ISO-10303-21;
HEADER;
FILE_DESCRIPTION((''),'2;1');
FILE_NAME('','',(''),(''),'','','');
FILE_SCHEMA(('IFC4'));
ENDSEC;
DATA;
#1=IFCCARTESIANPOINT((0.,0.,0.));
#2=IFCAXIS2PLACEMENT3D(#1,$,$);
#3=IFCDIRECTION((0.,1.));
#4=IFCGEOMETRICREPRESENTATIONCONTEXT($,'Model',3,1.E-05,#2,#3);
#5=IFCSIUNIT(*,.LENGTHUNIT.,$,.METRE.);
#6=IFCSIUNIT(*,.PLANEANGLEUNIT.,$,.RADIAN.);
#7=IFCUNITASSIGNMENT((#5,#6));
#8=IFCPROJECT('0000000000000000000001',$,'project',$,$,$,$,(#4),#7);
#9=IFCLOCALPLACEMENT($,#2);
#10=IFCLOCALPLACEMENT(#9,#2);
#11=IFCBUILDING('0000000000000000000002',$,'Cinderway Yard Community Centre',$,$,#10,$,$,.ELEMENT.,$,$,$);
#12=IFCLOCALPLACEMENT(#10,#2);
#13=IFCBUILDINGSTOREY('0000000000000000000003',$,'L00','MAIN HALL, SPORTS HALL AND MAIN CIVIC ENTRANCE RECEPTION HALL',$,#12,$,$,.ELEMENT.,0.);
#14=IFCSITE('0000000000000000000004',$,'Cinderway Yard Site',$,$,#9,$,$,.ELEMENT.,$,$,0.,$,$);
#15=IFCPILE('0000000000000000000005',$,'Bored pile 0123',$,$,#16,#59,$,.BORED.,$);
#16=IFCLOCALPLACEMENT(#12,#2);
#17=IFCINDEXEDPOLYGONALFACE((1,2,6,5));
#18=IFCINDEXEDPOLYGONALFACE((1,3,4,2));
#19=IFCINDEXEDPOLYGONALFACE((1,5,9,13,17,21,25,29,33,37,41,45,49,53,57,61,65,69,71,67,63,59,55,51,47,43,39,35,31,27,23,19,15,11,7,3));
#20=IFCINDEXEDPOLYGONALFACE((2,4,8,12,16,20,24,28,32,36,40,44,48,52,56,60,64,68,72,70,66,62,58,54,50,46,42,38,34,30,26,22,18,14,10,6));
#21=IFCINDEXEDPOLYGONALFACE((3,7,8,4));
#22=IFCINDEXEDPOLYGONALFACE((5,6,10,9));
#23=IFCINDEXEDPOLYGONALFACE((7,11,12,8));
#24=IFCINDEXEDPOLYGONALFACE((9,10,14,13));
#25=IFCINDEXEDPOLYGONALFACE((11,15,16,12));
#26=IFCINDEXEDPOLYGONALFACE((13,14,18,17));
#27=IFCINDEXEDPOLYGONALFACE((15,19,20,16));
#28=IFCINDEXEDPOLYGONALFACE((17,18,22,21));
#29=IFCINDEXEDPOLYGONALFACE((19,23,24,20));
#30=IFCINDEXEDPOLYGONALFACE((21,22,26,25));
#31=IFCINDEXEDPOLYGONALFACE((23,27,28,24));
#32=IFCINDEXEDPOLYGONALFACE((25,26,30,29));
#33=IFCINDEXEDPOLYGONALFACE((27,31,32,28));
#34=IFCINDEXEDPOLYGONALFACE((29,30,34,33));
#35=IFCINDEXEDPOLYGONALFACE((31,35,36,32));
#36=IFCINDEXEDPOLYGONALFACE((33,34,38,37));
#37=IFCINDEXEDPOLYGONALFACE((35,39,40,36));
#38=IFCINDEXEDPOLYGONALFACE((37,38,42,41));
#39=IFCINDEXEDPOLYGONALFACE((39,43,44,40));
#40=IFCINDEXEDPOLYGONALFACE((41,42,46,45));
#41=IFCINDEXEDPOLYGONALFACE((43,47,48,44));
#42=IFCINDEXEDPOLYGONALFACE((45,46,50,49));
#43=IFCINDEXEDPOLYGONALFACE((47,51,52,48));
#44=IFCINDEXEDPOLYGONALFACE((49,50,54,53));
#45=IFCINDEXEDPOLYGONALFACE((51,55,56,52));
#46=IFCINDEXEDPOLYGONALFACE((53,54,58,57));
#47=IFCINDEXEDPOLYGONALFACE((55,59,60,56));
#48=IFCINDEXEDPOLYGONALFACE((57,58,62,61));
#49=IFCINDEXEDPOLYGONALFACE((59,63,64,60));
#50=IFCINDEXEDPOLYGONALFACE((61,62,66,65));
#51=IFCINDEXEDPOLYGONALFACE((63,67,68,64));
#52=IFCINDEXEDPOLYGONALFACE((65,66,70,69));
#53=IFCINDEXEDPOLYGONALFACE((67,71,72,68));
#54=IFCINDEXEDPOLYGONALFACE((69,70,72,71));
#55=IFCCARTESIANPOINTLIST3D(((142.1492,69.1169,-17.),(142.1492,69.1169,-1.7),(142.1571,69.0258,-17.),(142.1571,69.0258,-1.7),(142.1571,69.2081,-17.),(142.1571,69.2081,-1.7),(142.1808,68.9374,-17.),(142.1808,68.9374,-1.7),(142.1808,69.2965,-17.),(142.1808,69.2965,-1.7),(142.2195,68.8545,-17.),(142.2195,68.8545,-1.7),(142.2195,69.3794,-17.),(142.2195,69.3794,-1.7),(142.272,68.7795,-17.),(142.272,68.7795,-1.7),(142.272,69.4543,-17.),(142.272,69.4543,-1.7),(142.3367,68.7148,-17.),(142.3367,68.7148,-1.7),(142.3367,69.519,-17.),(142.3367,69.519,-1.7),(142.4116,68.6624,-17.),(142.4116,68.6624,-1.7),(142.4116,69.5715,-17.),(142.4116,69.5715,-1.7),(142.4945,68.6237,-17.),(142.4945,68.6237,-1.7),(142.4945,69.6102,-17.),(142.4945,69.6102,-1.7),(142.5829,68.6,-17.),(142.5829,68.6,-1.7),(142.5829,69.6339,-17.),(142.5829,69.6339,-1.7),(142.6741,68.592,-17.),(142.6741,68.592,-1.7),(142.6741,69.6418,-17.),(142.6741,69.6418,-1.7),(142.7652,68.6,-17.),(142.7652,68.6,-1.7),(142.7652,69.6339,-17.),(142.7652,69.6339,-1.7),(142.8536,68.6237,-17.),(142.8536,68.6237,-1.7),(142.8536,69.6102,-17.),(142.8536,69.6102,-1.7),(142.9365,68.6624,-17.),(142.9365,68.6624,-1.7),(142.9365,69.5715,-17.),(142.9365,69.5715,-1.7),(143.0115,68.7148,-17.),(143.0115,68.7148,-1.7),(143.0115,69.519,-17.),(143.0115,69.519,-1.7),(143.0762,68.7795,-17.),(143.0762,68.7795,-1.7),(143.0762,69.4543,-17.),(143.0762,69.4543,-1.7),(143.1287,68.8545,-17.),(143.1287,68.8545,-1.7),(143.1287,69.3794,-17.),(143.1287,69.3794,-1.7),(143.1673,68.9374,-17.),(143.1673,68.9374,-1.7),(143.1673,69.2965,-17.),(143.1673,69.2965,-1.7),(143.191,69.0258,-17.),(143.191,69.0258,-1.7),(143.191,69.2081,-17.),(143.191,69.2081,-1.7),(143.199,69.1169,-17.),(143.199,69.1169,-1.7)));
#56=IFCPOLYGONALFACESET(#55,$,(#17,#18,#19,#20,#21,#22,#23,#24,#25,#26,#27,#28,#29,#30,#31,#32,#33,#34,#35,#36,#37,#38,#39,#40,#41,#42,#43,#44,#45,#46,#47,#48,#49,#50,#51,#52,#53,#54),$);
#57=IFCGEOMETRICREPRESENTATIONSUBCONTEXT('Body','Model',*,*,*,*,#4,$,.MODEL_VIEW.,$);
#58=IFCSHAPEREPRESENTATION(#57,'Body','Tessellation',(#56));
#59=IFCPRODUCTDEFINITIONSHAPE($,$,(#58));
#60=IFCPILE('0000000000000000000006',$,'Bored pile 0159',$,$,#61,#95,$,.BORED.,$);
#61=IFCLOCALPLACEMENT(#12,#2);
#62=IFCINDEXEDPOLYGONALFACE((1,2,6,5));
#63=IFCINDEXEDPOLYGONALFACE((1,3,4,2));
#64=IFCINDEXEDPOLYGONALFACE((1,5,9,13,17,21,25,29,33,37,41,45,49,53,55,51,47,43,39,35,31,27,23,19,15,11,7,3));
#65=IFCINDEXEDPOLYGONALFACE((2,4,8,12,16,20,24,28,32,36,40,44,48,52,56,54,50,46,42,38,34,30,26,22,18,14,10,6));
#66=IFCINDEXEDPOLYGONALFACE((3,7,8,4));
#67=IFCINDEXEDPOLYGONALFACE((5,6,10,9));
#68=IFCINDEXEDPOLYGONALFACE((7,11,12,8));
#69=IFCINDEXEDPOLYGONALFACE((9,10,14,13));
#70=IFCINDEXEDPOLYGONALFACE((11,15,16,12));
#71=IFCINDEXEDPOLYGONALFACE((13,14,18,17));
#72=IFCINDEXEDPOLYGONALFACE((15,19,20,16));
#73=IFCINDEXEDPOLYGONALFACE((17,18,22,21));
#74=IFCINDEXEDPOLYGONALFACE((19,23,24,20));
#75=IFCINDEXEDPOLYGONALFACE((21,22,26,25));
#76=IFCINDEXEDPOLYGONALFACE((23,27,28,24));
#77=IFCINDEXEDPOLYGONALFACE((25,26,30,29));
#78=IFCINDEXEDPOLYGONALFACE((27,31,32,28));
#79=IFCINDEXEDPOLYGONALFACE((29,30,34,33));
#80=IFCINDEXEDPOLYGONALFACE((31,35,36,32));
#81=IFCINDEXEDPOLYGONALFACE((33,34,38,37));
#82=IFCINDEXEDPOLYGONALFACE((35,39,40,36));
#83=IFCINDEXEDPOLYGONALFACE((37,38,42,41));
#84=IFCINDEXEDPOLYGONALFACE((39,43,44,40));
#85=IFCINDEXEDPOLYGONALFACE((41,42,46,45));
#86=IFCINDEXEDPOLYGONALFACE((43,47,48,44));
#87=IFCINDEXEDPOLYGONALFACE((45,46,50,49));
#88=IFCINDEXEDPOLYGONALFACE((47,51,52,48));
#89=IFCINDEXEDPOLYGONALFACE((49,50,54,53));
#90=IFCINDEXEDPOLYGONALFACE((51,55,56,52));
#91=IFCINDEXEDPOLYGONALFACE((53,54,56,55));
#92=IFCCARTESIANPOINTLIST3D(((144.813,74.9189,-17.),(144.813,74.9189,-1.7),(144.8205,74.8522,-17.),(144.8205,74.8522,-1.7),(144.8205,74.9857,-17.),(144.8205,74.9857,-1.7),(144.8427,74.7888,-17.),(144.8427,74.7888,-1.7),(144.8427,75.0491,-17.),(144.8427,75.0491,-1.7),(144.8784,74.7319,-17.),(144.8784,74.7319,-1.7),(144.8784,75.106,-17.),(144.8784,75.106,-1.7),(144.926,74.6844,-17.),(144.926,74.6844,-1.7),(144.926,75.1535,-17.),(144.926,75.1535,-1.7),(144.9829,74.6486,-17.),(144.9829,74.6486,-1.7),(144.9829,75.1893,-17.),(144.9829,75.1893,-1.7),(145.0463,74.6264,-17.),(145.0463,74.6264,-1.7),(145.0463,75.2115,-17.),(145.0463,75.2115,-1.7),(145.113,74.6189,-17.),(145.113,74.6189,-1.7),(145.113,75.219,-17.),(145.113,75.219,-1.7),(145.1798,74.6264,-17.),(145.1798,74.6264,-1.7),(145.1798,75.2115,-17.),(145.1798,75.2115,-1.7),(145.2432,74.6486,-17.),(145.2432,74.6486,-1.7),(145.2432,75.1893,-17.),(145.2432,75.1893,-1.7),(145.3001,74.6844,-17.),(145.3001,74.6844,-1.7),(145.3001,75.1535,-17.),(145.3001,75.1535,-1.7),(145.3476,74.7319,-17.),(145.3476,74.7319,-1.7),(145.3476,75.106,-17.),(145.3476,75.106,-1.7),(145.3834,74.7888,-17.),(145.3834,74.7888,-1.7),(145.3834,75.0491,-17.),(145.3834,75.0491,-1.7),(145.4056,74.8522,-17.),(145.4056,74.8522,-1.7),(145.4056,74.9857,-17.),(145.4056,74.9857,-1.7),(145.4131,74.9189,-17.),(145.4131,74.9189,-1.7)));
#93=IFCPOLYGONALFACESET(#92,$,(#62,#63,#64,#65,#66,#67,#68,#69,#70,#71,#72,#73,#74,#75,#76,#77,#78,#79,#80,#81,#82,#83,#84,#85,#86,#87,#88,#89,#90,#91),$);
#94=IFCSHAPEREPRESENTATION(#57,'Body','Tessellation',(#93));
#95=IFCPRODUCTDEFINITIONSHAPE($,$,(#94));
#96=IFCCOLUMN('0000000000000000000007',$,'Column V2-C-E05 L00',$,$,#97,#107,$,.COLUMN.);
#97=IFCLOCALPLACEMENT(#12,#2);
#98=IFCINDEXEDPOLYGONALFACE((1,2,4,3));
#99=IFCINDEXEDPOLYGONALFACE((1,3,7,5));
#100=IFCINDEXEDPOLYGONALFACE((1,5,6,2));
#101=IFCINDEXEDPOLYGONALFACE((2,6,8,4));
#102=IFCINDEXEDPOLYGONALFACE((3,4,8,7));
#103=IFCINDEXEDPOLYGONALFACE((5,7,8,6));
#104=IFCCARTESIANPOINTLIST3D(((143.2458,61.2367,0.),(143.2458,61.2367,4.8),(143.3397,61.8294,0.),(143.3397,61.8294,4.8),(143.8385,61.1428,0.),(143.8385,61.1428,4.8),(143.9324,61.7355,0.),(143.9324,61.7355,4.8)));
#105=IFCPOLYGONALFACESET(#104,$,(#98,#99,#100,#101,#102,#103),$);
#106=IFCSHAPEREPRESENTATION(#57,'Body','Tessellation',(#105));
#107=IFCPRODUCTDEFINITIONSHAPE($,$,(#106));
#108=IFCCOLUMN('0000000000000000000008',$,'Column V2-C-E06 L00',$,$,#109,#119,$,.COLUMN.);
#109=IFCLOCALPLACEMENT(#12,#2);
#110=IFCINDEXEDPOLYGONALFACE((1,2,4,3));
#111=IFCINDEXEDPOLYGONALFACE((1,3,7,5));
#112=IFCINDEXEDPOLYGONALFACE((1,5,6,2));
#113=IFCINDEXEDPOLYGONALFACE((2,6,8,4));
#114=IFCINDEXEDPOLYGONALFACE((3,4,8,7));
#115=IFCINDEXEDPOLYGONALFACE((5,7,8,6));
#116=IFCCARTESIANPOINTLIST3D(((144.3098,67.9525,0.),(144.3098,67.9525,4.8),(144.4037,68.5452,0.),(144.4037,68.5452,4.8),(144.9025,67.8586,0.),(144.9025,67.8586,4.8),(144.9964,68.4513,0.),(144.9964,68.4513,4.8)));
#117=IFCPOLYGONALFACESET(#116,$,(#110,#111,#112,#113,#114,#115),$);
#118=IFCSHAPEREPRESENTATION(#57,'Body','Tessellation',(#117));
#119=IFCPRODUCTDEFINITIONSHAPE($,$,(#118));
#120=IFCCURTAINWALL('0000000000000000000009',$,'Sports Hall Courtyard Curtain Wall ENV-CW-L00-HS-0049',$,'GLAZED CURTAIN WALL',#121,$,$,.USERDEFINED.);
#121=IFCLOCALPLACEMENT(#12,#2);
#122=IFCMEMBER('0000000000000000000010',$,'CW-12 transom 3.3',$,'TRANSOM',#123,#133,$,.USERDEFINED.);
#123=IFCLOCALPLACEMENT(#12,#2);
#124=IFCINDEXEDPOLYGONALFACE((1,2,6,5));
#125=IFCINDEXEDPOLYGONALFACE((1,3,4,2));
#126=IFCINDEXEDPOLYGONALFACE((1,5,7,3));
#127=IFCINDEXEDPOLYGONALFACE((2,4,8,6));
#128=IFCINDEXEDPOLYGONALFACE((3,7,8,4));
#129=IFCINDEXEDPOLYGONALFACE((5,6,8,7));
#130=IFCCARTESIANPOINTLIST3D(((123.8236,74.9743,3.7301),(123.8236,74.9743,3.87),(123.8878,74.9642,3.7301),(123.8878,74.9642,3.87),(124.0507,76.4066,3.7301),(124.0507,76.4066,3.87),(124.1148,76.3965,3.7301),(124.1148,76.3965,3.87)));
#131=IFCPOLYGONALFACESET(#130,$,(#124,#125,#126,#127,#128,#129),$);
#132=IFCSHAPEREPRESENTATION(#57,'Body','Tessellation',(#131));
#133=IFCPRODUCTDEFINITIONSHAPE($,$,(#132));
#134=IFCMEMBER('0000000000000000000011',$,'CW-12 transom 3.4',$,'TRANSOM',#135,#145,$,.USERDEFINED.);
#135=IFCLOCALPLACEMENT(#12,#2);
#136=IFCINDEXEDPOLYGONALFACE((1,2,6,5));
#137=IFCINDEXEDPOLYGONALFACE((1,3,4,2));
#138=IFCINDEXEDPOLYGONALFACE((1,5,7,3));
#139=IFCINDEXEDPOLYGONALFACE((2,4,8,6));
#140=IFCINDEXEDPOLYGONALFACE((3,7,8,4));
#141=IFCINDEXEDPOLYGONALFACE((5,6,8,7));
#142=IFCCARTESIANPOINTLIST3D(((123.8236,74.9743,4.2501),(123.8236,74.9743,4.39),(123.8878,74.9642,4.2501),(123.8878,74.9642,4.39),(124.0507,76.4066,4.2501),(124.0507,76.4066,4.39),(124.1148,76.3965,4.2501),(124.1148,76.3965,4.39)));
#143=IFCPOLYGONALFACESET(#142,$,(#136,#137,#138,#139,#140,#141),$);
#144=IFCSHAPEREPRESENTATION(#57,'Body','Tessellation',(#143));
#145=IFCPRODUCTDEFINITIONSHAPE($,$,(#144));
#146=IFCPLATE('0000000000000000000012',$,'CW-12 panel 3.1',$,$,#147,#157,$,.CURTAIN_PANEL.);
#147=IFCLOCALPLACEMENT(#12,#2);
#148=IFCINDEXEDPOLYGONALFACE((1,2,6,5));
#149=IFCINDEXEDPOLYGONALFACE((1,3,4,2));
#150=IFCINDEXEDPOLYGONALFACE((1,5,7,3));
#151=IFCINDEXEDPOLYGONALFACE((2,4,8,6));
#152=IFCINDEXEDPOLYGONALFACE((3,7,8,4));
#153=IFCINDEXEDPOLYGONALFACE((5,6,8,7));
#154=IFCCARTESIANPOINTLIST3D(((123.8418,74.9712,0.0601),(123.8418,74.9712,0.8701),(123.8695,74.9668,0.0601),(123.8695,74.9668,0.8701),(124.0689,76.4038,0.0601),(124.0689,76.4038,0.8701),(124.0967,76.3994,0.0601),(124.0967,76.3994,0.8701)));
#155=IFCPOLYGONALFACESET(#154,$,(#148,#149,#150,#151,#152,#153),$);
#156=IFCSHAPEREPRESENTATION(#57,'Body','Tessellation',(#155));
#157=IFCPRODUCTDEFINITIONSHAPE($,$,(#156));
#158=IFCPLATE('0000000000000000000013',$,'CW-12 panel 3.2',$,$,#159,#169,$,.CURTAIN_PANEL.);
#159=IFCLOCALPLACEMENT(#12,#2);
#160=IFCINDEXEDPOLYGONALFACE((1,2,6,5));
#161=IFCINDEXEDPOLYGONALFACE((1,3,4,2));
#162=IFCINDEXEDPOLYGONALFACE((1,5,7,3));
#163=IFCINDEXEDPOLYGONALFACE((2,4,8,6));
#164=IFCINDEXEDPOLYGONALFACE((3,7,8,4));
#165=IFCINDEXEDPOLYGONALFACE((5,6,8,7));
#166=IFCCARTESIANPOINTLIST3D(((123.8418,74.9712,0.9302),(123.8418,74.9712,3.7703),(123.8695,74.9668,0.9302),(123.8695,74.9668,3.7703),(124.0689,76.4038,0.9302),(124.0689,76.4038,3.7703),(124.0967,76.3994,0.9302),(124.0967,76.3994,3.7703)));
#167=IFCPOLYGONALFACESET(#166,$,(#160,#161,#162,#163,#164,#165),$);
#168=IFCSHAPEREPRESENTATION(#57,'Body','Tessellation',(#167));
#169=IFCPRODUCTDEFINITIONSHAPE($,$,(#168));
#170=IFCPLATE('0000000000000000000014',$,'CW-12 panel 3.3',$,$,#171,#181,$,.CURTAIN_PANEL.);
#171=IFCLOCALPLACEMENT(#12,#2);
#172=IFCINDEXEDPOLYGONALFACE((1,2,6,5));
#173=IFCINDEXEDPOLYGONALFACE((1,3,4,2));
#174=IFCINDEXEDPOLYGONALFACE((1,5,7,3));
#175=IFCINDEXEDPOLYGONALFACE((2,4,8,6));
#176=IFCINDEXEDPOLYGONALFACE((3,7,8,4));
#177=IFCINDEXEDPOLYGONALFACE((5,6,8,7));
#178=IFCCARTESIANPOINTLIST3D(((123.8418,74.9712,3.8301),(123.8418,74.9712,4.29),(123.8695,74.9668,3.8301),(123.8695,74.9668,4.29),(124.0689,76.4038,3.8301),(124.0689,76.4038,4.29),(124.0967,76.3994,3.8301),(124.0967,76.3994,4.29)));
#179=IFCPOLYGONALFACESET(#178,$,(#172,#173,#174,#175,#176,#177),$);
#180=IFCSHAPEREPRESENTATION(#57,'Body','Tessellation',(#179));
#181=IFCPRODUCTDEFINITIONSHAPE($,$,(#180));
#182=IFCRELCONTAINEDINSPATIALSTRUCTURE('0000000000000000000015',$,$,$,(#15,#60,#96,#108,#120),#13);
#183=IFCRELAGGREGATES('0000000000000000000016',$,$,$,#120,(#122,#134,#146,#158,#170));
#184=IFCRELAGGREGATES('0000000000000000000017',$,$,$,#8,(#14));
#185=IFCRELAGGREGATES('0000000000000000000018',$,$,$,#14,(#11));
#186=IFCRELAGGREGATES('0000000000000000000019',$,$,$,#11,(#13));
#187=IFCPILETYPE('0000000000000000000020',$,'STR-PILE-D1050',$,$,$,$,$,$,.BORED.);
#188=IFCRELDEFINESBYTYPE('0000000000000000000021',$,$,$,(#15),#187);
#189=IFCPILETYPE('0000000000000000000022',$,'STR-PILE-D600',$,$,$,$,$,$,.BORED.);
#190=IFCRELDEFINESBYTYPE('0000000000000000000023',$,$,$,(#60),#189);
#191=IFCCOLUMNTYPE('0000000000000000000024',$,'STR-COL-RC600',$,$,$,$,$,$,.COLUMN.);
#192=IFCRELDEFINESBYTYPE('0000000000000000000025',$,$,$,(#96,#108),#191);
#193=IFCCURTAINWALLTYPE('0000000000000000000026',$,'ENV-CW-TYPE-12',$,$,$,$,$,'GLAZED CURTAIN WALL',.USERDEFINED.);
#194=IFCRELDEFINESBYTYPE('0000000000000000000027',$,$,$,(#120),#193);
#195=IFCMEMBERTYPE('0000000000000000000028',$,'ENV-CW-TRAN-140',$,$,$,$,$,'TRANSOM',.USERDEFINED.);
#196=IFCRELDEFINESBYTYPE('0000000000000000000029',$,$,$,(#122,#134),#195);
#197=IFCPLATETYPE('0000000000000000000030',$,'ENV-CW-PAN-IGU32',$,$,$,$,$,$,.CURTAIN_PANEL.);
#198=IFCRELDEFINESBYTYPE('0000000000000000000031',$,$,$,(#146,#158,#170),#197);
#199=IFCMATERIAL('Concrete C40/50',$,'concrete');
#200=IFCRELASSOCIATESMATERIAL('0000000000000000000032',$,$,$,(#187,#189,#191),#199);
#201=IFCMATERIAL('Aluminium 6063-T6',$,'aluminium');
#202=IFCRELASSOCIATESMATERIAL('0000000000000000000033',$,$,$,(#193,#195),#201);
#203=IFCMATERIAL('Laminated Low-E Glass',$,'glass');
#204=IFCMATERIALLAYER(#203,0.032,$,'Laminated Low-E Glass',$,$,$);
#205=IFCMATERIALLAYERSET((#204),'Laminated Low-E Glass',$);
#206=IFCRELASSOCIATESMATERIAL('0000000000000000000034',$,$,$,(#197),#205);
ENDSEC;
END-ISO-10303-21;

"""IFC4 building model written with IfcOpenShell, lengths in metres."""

from ifc_helpers import new_model, si_unit, direction, frame, origin, origin_2d, place, context, subcontext, project, spatial, rectangle, circle, extrude, material, layer, layer_set, material_profile, profile_set, type_object, element, aggregate, save


model = new_model("IFC4")

# Units and contexts
model_context = context("Model", 3, precision=1e-05, world=origin(), true_north=direction((0.0, 1.0)))
body_context = subcontext(model_context, "Body", "Model", "MODEL_VIEW")
ifc_project = project(units=[si_unit("LENGTHUNIT", "METRE"), si_unit("PLANEANGLEUNIT", "RADIAN")], contexts=[model_context])

# Site, building, storey
site_placement = place(None, origin())
site = spatial("IfcSite", under=ifc_project, at=site_placement, Name="Cinderway Yard Site", CompositionType="ELEMENT", RefElevation=0.0)
building_placement = place(site_placement, origin())
building = spatial("IfcBuilding", under=site, at=building_placement, Name="Cinderway Yard Community Centre", CompositionType="ELEMENT")
storey_placement = place(building_placement, origin())
storey = spatial("IfcBuildingStorey", under=building, at=storey_placement, Name="L00", Description="MAIN HALL, SPORTS HALL AND MAIN CIVIC ENTRANCE RECEPTION HALL", CompositionType="ELEMENT", Elevation=0.0)

# Shared definitions
ifc_material_1 = material(Name="Concrete C40/50", Category="concrete")

# Piles
ifc_material_profile_1 = material_profile(ifc_material_1, circle(Radius=0.5249, at=origin_2d()), Name="Concrete C40/50")
ifc_profile_set_1 = profile_set([ifc_material_profile_1], Name="Concrete C40/50")
pile_type_1 = type_object("IfcPileType", Name="STR-PILE-D1050", PredefinedType="BORED", material=ifc_profile_set_1)
for number, where, z_axis, x_axis, name in (
    (1, (142.6741, 69.1169, -1.7), (0.0, 0.0, -1.0), (1.0, 0.0, 0.0), "Bored pile 0123"),
):
    element("IfcPile", number, at=place(storey_placement, frame(where, z_axis=z_axis, x_axis=x_axis)), inside=storey, type_object=pile_type_1, Name=name, PredefinedType="BORED", context=body_context, shape_type="SweptSolid", body=[
        extrude(circle(Radius=0.5249, at=origin_2d()), origin(), (0.0, 0.0, 1.0), 15.3),
    ])
ifc_material_profile_2 = material_profile(ifc_material_1, circle(Radius=0.3, at=origin_2d()), Name="Concrete C40/50")
ifc_profile_set_2 = profile_set([ifc_material_profile_2], Name="Concrete C40/50")
pile_type_2 = type_object("IfcPileType", Name="STR-PILE-D600", PredefinedType="BORED", material=ifc_profile_set_2)
pile_placement = place(storey_placement, frame((145.113, 74.9189, -1.7), z_axis=(0.0, 0.0, -1.0), x_axis=(1.0, 0.0, 0.0)))
element("IfcPile", 2, at=pile_placement, inside=storey, type_object=pile_type_2, Name="Bored pile 0159", PredefinedType="BORED", context=body_context, shape_type="SweptSolid", body=[
    extrude(circle(Radius=0.3, at=origin_2d()), origin(), (0.0, 0.0, 1.0), 15.3),
])

# Columns
ifc_material_profile_3 = material_profile(ifc_material_1, rectangle(XDim=0.6001, YDim=0.6001, at=origin_2d()), Name="Concrete C40/50")
ifc_profile_set_3 = profile_set([ifc_material_profile_3], Name="Concrete C40/50")
column_type = type_object("IfcColumnType", Name="STR-COL-RC600", PredefinedType="COLUMN", material=ifc_profile_set_3)
for number, where, z_axis, x_axis, name in (
    (3, (143.5891, 61.4861, 0.0), (0.0, 0.0, 1.0), (0.987688, -0.156434, 0.0), "Column V2-C-E05 L00"),
    (4, (144.6531, 68.2019, 0.0), (0.0, 0.0, 1.0), (0.987688, -0.156434, 0.0), "Column V2-C-E06 L00"),
):
    element("IfcColumn", number, at=place(storey_placement, frame(where, z_axis=z_axis, x_axis=x_axis)), inside=storey, type_object=column_type, Name=name, PredefinedType="COLUMN", context=body_context, shape_type="SweptSolid", body=[
        extrude(rectangle(XDim=0.6001, YDim=0.6001, at=origin_2d()), origin(), (0.0, 0.0, 1.0), 4.8),
    ])

# Curtain wall, members, plates
ifc_material_2 = material(Name="Aluminium 6063-T6", Category="aluminium")
curtain_wall_type = type_object("IfcCurtainWallType", Name="ENV-CW-TYPE-12", ElementType="GLAZED CURTAIN WALL", PredefinedType="USERDEFINED", material=ifc_material_2)
curtain_wall_placement = place(storey_placement, origin())
curtain_wall = element("IfcCurtainWall", 5, at=curtain_wall_placement, inside=storey, type_object=curtain_wall_type, Name="Sports Hall Courtyard Curtain Wall ENV-CW-L00-HS-0049", ObjectType="GLAZED CURTAIN WALL", PredefinedType="USERDEFINED")
ifc_material_profile_4 = material_profile(ifc_material_2, rectangle(XDim=0.0649, YDim=0.1399, at=origin_2d()), Name="Aluminium 6063-T6")
ifc_profile_set_4 = profile_set([ifc_material_profile_4], Name="Aluminium 6063-T6")
member_type = type_object("IfcMemberType", Name="ENV-CW-TRAN-140", ElementType="TRANSOM", PredefinedType="USERDEFINED", material=ifc_profile_set_4)
member_1_placement = place(storey_placement, frame((123.8557, 74.9692, 3.8), z_axis=(0.156559, 0.987669, 0.0), x_axis=(-0.987669, 0.156559, 0.0)))
member_1 = element("IfcMember", 6, at=member_1_placement, type_object=member_type, Name="CW-12 transom 3.3", ObjectType="TRANSOM", PredefinedType="USERDEFINED", context=body_context, shape_type="SweptSolid", body=[
    extrude(rectangle(XDim=0.0649, YDim=0.1399, at=origin_2d()), origin(), (0.0, 0.0, 1.0), 1.4502),
])
member_2_placement = place(storey_placement, frame((123.8557, 74.9692, 4.3201), z_axis=(0.156559, 0.987669, 0.0), x_axis=(-0.987669, 0.156559, 0.0)))
member_2 = element("IfcMember", 7, at=member_2_placement, type_object=member_type, Name="CW-12 transom 3.4", ObjectType="TRANSOM", PredefinedType="USERDEFINED", context=body_context, shape_type="SweptSolid", body=[
    extrude(rectangle(XDim=0.0649, YDim=0.1399, at=origin_2d()), origin(), (0.0, 0.0, 1.0), 1.4502),
])
ifc_material_3 = material(Name="Laminated Low-E Glass", Category="glass")
ifc_layer_1 = layer(ifc_material_3, 0.032, Name="Laminated Low-E Glass")
ifc_layer_set_1 = layer_set([ifc_layer_1], Name="Laminated Low-E Glass")
plate_type = type_object("IfcPlateType", Name="ENV-CW-PAN-IGU32", PredefinedType="CURTAIN_PANEL", material=ifc_layer_set_1)
plate_1_placement = place(storey_placement, frame((123.9692, 75.6853, 0.0601), z_axis=(0.0, 0.0, 1.0), x_axis=(0.156583, 0.987665, 0.0)))
plate_1 = element("IfcPlate", 8, at=plate_1_placement, type_object=plate_type, Name="CW-12 panel 3.1", PredefinedType="CURTAIN_PANEL", context=body_context, shape_type="SweptSolid", body=[
    extrude(rectangle(XDim=1.4504, YDim=0.0281, at=origin_2d()), origin(), (0.0, 0.0, 1.0), 0.8101),
])
plate_2_placement = place(storey_placement, frame((123.9692, 75.6853, 0.9302), z_axis=(0.0, 0.0, 1.0), x_axis=(0.156583, 0.987665, 0.0)))
plate_2 = element("IfcPlate", 9, at=plate_2_placement, type_object=plate_type, Name="CW-12 panel 3.2", PredefinedType="CURTAIN_PANEL", context=body_context, shape_type="SweptSolid", body=[
    extrude(rectangle(XDim=1.4504, YDim=0.0281, at=origin_2d()), origin(), (0.0, 0.0, 1.0), 2.8401),
])
plate_3_placement = place(storey_placement, frame((123.9692, 75.6853, 3.8301), z_axis=(0.0, 0.0, 1.0), x_axis=(0.156583, 0.987665, 0.0)))
plate_3 = element("IfcPlate", 10, at=plate_3_placement, type_object=plate_type, Name="CW-12 panel 3.3", PredefinedType="CURTAIN_PANEL", context=body_context, shape_type="SweptSolid", body=[
    extrude(rectangle(XDim=1.4504, YDim=0.0281, at=origin_2d()), origin(), (0.0, 0.0, 1.0), 0.46),
])
aggregate(curtain_wall, [member_1, member_2, plate_1, plate_2, plate_3])

save(model, "model.ifc")
